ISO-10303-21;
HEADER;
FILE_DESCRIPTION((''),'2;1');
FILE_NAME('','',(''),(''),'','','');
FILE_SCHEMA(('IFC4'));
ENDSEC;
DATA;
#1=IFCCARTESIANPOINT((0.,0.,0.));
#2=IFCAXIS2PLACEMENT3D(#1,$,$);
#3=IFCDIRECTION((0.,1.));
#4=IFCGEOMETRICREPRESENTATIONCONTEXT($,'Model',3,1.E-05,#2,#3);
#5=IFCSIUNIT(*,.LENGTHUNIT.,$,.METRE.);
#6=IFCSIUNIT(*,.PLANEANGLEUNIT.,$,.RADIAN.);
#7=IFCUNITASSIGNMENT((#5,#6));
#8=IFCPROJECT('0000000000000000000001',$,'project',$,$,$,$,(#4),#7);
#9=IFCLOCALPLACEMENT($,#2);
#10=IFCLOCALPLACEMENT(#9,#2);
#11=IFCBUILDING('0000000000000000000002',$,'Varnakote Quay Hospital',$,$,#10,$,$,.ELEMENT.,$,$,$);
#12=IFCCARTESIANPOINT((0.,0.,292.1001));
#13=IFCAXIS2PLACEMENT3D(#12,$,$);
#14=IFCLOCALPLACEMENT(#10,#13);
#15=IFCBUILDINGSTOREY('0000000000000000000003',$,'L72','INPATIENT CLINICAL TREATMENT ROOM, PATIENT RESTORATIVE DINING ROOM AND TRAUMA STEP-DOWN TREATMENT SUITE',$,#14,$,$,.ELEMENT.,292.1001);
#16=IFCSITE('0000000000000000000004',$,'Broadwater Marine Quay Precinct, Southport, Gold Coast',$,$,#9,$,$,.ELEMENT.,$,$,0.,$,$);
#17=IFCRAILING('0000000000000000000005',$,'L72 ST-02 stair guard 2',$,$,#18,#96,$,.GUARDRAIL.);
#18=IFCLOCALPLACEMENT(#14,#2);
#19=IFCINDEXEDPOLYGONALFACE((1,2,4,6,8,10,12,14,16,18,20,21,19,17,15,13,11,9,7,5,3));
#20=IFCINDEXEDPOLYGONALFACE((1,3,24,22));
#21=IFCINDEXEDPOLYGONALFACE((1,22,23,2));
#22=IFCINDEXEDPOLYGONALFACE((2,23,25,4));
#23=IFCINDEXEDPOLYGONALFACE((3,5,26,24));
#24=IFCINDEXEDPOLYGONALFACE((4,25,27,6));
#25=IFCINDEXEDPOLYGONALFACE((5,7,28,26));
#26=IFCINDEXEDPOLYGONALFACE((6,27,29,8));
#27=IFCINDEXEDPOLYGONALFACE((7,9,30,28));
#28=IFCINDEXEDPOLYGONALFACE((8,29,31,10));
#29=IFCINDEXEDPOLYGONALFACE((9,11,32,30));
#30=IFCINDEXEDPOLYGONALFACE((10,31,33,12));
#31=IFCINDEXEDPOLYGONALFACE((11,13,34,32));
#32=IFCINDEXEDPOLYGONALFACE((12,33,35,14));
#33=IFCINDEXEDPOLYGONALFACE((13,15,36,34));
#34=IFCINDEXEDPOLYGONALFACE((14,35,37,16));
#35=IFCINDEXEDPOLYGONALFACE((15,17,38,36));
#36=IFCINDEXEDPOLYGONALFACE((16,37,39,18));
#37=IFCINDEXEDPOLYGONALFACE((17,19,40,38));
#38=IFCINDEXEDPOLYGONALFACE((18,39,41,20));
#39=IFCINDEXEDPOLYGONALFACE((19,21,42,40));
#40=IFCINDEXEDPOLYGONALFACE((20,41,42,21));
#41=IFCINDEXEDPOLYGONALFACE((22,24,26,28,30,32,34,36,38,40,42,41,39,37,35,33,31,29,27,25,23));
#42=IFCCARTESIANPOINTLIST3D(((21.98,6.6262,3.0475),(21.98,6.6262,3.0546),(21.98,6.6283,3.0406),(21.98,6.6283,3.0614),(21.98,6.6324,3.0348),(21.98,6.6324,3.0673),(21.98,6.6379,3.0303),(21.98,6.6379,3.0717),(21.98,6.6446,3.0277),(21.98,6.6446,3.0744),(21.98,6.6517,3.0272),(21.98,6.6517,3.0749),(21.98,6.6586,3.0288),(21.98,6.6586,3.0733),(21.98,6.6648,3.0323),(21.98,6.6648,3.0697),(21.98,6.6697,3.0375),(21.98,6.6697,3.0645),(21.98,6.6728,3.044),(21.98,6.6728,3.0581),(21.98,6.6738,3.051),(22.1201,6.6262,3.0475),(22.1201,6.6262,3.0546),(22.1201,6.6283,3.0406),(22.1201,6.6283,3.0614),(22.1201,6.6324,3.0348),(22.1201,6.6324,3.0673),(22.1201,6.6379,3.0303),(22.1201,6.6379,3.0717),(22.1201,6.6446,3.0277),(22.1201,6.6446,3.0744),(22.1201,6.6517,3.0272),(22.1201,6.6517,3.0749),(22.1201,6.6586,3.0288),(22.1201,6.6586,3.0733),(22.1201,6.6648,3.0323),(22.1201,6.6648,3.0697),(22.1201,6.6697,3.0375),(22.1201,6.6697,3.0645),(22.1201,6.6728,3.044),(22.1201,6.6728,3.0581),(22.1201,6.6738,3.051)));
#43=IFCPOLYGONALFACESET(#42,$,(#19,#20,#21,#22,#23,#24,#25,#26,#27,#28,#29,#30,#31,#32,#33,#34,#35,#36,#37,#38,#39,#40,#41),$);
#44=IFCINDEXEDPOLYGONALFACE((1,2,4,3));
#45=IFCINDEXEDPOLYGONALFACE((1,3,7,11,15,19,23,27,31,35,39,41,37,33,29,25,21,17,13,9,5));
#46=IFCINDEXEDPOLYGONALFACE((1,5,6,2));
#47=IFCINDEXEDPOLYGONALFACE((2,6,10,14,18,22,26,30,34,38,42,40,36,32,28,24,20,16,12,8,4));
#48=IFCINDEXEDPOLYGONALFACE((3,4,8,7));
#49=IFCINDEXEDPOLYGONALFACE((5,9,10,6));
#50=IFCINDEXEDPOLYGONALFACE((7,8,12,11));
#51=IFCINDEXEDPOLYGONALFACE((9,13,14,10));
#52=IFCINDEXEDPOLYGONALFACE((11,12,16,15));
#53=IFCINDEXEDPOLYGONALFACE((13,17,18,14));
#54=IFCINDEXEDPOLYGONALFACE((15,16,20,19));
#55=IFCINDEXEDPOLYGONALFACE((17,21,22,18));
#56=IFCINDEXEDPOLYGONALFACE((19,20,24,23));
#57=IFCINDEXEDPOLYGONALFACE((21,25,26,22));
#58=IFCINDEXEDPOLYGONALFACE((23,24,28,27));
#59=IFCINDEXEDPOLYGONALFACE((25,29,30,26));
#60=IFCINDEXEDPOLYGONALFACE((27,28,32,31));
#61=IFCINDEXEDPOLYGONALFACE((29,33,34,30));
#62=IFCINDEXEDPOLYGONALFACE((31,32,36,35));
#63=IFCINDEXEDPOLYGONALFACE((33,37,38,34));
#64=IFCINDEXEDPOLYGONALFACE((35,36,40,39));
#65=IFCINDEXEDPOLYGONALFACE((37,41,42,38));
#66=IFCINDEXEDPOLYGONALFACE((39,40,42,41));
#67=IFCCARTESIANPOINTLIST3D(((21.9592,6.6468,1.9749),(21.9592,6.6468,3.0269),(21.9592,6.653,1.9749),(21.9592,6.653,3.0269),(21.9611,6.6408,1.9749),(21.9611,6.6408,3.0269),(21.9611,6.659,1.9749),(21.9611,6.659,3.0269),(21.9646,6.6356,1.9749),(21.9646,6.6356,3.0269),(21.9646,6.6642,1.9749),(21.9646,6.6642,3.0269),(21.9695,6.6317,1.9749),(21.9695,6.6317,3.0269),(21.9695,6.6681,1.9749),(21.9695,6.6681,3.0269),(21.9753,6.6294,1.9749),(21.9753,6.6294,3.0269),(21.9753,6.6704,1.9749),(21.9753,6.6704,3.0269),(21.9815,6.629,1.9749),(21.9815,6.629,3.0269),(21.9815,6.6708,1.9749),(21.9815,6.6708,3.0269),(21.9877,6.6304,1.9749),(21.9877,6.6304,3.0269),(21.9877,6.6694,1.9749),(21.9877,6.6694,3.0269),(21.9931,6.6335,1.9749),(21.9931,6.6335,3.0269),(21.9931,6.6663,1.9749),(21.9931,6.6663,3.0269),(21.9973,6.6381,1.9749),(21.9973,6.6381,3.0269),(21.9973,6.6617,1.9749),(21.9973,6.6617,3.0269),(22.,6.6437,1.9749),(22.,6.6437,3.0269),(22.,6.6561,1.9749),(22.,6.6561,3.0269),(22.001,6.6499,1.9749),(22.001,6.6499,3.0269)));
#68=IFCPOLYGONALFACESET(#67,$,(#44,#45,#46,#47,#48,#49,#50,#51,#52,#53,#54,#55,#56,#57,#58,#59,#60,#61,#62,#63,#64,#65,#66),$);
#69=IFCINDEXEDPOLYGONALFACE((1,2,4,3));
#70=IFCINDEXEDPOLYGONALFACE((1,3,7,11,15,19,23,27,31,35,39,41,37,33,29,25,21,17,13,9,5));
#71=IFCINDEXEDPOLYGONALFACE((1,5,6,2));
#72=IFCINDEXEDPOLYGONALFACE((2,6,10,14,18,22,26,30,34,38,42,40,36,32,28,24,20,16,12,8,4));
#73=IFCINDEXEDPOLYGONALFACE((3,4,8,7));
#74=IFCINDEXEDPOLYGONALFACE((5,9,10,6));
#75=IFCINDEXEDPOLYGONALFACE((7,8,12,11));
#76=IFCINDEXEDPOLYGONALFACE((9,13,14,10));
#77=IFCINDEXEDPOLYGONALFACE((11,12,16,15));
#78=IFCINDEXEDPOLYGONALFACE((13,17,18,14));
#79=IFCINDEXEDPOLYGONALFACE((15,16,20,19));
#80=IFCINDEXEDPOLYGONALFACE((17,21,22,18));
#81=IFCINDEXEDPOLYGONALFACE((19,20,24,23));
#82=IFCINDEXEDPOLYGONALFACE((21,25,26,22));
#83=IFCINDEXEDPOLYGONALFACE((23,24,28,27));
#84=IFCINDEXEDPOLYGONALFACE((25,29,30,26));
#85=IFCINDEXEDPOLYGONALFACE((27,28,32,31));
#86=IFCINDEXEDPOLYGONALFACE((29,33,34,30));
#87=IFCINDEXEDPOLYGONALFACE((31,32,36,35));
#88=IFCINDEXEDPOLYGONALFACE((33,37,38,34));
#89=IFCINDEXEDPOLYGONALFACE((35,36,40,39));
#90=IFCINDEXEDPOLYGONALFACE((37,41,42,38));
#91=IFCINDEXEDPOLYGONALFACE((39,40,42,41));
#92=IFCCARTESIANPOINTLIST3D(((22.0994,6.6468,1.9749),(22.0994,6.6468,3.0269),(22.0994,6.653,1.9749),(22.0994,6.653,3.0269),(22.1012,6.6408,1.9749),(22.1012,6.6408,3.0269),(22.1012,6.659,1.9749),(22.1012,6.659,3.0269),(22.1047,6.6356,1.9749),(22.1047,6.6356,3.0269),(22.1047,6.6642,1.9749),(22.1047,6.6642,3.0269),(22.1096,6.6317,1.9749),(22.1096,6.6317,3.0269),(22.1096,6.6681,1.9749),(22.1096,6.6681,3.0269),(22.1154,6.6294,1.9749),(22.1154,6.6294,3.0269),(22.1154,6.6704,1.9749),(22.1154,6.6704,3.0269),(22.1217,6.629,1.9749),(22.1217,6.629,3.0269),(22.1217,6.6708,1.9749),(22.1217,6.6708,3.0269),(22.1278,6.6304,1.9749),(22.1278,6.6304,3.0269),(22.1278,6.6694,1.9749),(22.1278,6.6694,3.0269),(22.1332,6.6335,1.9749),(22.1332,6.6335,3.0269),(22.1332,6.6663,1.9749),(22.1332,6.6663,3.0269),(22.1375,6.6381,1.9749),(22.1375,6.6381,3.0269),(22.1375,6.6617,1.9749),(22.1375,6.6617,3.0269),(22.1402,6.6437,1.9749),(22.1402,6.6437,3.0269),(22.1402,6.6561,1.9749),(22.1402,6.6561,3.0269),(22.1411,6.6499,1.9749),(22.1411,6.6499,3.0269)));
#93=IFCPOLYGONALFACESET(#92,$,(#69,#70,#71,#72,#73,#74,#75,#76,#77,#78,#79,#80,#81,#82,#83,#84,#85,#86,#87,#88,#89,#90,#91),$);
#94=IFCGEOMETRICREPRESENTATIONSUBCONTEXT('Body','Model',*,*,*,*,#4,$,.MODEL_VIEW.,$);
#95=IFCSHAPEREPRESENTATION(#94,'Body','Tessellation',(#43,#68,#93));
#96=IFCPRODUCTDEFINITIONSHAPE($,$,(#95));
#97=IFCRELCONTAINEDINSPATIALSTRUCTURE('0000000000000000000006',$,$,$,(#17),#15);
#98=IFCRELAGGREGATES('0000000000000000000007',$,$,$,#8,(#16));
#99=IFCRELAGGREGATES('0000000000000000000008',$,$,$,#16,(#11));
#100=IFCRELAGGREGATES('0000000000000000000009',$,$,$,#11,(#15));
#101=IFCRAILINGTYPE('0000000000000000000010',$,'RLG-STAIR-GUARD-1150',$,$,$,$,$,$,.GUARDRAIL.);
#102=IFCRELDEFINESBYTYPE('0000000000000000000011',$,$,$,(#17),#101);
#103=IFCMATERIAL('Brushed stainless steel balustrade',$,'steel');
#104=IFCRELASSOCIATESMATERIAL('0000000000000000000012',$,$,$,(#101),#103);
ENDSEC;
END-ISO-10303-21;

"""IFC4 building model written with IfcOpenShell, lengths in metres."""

from ifc_helpers import new_model, si_unit, direction, frame, origin, origin_2d, place, context, subcontext, project, spatial, circle, extrude, material, type_object, element, save


model = new_model("IFC4")

# Units and contexts
model_context = context("Model", 3, precision=1e-05, world=origin(), true_north=direction((0.0, 1.0)))
body_context = subcontext(model_context, "Body", "Model", "MODEL_VIEW")
ifc_project = project(units=[si_unit("LENGTHUNIT", "METRE"), si_unit("PLANEANGLEUNIT", "RADIAN")], contexts=[model_context])

# Site, building, storey
site_placement = place(None, origin())
site = spatial("IfcSite", under=ifc_project, at=site_placement, Name="Broadwater Marine Quay Precinct, Southport, Gold Coast", CompositionType="ELEMENT", RefElevation=0.0)
building_placement = place(site_placement, origin())
building = spatial("IfcBuilding", under=site, at=building_placement, Name="Varnakote Quay Hospital", CompositionType="ELEMENT")
storey_placement = place(building_placement, frame((0.0, 0.0, 292.1001)))
storey = spatial("IfcBuildingStorey", under=building, at=storey_placement, Name="L72", Description="INPATIENT CLINICAL TREATMENT ROOM, PATIENT RESTORATIVE DINING ROOM AND TRAUMA STEP-DOWN TREATMENT SUITE", CompositionType="ELEMENT", Elevation=292.1001)

# Railing
ifc_material_1 = material(Name="Brushed stainless steel balustrade", Category="steel")
railing_type_1 = type_object("IfcRailingType", Name="RLG-STAIR-GUARD-1150", PredefinedType="GUARDRAIL", material=ifc_material_1)
railing_1_placement = place(storey_placement, frame((21.98, 6.6499, 1.9749)))
element("IfcRailing", 1, at=railing_1_placement, inside=storey, type_object=railing_type_1, Name="L72 ST-02 stair guard 2", PredefinedType="GUARDRAIL", context=body_context, shape_type="SweptSolid", body=[
    extrude(circle(Radius=0.0239, at=origin_2d()), frame((0.0, 0.0, 1.0762), z_axis=(1.0, 0.0, 0.0), x_axis=(0.0, 1.0, 0.0)), (0.0, 0.0, 1.0), 0.1401),
    extrude(circle(Radius=0.021, at=origin_2d()), origin(), (0.0, 0.0, 1.0), 1.052),
    extrude(circle(Radius=0.021, at=origin_2d()), frame((0.1401, 0.0, 0.0)), (0.0, 0.0, 1.0), 1.052),
])

save(model, "model.ifc")
